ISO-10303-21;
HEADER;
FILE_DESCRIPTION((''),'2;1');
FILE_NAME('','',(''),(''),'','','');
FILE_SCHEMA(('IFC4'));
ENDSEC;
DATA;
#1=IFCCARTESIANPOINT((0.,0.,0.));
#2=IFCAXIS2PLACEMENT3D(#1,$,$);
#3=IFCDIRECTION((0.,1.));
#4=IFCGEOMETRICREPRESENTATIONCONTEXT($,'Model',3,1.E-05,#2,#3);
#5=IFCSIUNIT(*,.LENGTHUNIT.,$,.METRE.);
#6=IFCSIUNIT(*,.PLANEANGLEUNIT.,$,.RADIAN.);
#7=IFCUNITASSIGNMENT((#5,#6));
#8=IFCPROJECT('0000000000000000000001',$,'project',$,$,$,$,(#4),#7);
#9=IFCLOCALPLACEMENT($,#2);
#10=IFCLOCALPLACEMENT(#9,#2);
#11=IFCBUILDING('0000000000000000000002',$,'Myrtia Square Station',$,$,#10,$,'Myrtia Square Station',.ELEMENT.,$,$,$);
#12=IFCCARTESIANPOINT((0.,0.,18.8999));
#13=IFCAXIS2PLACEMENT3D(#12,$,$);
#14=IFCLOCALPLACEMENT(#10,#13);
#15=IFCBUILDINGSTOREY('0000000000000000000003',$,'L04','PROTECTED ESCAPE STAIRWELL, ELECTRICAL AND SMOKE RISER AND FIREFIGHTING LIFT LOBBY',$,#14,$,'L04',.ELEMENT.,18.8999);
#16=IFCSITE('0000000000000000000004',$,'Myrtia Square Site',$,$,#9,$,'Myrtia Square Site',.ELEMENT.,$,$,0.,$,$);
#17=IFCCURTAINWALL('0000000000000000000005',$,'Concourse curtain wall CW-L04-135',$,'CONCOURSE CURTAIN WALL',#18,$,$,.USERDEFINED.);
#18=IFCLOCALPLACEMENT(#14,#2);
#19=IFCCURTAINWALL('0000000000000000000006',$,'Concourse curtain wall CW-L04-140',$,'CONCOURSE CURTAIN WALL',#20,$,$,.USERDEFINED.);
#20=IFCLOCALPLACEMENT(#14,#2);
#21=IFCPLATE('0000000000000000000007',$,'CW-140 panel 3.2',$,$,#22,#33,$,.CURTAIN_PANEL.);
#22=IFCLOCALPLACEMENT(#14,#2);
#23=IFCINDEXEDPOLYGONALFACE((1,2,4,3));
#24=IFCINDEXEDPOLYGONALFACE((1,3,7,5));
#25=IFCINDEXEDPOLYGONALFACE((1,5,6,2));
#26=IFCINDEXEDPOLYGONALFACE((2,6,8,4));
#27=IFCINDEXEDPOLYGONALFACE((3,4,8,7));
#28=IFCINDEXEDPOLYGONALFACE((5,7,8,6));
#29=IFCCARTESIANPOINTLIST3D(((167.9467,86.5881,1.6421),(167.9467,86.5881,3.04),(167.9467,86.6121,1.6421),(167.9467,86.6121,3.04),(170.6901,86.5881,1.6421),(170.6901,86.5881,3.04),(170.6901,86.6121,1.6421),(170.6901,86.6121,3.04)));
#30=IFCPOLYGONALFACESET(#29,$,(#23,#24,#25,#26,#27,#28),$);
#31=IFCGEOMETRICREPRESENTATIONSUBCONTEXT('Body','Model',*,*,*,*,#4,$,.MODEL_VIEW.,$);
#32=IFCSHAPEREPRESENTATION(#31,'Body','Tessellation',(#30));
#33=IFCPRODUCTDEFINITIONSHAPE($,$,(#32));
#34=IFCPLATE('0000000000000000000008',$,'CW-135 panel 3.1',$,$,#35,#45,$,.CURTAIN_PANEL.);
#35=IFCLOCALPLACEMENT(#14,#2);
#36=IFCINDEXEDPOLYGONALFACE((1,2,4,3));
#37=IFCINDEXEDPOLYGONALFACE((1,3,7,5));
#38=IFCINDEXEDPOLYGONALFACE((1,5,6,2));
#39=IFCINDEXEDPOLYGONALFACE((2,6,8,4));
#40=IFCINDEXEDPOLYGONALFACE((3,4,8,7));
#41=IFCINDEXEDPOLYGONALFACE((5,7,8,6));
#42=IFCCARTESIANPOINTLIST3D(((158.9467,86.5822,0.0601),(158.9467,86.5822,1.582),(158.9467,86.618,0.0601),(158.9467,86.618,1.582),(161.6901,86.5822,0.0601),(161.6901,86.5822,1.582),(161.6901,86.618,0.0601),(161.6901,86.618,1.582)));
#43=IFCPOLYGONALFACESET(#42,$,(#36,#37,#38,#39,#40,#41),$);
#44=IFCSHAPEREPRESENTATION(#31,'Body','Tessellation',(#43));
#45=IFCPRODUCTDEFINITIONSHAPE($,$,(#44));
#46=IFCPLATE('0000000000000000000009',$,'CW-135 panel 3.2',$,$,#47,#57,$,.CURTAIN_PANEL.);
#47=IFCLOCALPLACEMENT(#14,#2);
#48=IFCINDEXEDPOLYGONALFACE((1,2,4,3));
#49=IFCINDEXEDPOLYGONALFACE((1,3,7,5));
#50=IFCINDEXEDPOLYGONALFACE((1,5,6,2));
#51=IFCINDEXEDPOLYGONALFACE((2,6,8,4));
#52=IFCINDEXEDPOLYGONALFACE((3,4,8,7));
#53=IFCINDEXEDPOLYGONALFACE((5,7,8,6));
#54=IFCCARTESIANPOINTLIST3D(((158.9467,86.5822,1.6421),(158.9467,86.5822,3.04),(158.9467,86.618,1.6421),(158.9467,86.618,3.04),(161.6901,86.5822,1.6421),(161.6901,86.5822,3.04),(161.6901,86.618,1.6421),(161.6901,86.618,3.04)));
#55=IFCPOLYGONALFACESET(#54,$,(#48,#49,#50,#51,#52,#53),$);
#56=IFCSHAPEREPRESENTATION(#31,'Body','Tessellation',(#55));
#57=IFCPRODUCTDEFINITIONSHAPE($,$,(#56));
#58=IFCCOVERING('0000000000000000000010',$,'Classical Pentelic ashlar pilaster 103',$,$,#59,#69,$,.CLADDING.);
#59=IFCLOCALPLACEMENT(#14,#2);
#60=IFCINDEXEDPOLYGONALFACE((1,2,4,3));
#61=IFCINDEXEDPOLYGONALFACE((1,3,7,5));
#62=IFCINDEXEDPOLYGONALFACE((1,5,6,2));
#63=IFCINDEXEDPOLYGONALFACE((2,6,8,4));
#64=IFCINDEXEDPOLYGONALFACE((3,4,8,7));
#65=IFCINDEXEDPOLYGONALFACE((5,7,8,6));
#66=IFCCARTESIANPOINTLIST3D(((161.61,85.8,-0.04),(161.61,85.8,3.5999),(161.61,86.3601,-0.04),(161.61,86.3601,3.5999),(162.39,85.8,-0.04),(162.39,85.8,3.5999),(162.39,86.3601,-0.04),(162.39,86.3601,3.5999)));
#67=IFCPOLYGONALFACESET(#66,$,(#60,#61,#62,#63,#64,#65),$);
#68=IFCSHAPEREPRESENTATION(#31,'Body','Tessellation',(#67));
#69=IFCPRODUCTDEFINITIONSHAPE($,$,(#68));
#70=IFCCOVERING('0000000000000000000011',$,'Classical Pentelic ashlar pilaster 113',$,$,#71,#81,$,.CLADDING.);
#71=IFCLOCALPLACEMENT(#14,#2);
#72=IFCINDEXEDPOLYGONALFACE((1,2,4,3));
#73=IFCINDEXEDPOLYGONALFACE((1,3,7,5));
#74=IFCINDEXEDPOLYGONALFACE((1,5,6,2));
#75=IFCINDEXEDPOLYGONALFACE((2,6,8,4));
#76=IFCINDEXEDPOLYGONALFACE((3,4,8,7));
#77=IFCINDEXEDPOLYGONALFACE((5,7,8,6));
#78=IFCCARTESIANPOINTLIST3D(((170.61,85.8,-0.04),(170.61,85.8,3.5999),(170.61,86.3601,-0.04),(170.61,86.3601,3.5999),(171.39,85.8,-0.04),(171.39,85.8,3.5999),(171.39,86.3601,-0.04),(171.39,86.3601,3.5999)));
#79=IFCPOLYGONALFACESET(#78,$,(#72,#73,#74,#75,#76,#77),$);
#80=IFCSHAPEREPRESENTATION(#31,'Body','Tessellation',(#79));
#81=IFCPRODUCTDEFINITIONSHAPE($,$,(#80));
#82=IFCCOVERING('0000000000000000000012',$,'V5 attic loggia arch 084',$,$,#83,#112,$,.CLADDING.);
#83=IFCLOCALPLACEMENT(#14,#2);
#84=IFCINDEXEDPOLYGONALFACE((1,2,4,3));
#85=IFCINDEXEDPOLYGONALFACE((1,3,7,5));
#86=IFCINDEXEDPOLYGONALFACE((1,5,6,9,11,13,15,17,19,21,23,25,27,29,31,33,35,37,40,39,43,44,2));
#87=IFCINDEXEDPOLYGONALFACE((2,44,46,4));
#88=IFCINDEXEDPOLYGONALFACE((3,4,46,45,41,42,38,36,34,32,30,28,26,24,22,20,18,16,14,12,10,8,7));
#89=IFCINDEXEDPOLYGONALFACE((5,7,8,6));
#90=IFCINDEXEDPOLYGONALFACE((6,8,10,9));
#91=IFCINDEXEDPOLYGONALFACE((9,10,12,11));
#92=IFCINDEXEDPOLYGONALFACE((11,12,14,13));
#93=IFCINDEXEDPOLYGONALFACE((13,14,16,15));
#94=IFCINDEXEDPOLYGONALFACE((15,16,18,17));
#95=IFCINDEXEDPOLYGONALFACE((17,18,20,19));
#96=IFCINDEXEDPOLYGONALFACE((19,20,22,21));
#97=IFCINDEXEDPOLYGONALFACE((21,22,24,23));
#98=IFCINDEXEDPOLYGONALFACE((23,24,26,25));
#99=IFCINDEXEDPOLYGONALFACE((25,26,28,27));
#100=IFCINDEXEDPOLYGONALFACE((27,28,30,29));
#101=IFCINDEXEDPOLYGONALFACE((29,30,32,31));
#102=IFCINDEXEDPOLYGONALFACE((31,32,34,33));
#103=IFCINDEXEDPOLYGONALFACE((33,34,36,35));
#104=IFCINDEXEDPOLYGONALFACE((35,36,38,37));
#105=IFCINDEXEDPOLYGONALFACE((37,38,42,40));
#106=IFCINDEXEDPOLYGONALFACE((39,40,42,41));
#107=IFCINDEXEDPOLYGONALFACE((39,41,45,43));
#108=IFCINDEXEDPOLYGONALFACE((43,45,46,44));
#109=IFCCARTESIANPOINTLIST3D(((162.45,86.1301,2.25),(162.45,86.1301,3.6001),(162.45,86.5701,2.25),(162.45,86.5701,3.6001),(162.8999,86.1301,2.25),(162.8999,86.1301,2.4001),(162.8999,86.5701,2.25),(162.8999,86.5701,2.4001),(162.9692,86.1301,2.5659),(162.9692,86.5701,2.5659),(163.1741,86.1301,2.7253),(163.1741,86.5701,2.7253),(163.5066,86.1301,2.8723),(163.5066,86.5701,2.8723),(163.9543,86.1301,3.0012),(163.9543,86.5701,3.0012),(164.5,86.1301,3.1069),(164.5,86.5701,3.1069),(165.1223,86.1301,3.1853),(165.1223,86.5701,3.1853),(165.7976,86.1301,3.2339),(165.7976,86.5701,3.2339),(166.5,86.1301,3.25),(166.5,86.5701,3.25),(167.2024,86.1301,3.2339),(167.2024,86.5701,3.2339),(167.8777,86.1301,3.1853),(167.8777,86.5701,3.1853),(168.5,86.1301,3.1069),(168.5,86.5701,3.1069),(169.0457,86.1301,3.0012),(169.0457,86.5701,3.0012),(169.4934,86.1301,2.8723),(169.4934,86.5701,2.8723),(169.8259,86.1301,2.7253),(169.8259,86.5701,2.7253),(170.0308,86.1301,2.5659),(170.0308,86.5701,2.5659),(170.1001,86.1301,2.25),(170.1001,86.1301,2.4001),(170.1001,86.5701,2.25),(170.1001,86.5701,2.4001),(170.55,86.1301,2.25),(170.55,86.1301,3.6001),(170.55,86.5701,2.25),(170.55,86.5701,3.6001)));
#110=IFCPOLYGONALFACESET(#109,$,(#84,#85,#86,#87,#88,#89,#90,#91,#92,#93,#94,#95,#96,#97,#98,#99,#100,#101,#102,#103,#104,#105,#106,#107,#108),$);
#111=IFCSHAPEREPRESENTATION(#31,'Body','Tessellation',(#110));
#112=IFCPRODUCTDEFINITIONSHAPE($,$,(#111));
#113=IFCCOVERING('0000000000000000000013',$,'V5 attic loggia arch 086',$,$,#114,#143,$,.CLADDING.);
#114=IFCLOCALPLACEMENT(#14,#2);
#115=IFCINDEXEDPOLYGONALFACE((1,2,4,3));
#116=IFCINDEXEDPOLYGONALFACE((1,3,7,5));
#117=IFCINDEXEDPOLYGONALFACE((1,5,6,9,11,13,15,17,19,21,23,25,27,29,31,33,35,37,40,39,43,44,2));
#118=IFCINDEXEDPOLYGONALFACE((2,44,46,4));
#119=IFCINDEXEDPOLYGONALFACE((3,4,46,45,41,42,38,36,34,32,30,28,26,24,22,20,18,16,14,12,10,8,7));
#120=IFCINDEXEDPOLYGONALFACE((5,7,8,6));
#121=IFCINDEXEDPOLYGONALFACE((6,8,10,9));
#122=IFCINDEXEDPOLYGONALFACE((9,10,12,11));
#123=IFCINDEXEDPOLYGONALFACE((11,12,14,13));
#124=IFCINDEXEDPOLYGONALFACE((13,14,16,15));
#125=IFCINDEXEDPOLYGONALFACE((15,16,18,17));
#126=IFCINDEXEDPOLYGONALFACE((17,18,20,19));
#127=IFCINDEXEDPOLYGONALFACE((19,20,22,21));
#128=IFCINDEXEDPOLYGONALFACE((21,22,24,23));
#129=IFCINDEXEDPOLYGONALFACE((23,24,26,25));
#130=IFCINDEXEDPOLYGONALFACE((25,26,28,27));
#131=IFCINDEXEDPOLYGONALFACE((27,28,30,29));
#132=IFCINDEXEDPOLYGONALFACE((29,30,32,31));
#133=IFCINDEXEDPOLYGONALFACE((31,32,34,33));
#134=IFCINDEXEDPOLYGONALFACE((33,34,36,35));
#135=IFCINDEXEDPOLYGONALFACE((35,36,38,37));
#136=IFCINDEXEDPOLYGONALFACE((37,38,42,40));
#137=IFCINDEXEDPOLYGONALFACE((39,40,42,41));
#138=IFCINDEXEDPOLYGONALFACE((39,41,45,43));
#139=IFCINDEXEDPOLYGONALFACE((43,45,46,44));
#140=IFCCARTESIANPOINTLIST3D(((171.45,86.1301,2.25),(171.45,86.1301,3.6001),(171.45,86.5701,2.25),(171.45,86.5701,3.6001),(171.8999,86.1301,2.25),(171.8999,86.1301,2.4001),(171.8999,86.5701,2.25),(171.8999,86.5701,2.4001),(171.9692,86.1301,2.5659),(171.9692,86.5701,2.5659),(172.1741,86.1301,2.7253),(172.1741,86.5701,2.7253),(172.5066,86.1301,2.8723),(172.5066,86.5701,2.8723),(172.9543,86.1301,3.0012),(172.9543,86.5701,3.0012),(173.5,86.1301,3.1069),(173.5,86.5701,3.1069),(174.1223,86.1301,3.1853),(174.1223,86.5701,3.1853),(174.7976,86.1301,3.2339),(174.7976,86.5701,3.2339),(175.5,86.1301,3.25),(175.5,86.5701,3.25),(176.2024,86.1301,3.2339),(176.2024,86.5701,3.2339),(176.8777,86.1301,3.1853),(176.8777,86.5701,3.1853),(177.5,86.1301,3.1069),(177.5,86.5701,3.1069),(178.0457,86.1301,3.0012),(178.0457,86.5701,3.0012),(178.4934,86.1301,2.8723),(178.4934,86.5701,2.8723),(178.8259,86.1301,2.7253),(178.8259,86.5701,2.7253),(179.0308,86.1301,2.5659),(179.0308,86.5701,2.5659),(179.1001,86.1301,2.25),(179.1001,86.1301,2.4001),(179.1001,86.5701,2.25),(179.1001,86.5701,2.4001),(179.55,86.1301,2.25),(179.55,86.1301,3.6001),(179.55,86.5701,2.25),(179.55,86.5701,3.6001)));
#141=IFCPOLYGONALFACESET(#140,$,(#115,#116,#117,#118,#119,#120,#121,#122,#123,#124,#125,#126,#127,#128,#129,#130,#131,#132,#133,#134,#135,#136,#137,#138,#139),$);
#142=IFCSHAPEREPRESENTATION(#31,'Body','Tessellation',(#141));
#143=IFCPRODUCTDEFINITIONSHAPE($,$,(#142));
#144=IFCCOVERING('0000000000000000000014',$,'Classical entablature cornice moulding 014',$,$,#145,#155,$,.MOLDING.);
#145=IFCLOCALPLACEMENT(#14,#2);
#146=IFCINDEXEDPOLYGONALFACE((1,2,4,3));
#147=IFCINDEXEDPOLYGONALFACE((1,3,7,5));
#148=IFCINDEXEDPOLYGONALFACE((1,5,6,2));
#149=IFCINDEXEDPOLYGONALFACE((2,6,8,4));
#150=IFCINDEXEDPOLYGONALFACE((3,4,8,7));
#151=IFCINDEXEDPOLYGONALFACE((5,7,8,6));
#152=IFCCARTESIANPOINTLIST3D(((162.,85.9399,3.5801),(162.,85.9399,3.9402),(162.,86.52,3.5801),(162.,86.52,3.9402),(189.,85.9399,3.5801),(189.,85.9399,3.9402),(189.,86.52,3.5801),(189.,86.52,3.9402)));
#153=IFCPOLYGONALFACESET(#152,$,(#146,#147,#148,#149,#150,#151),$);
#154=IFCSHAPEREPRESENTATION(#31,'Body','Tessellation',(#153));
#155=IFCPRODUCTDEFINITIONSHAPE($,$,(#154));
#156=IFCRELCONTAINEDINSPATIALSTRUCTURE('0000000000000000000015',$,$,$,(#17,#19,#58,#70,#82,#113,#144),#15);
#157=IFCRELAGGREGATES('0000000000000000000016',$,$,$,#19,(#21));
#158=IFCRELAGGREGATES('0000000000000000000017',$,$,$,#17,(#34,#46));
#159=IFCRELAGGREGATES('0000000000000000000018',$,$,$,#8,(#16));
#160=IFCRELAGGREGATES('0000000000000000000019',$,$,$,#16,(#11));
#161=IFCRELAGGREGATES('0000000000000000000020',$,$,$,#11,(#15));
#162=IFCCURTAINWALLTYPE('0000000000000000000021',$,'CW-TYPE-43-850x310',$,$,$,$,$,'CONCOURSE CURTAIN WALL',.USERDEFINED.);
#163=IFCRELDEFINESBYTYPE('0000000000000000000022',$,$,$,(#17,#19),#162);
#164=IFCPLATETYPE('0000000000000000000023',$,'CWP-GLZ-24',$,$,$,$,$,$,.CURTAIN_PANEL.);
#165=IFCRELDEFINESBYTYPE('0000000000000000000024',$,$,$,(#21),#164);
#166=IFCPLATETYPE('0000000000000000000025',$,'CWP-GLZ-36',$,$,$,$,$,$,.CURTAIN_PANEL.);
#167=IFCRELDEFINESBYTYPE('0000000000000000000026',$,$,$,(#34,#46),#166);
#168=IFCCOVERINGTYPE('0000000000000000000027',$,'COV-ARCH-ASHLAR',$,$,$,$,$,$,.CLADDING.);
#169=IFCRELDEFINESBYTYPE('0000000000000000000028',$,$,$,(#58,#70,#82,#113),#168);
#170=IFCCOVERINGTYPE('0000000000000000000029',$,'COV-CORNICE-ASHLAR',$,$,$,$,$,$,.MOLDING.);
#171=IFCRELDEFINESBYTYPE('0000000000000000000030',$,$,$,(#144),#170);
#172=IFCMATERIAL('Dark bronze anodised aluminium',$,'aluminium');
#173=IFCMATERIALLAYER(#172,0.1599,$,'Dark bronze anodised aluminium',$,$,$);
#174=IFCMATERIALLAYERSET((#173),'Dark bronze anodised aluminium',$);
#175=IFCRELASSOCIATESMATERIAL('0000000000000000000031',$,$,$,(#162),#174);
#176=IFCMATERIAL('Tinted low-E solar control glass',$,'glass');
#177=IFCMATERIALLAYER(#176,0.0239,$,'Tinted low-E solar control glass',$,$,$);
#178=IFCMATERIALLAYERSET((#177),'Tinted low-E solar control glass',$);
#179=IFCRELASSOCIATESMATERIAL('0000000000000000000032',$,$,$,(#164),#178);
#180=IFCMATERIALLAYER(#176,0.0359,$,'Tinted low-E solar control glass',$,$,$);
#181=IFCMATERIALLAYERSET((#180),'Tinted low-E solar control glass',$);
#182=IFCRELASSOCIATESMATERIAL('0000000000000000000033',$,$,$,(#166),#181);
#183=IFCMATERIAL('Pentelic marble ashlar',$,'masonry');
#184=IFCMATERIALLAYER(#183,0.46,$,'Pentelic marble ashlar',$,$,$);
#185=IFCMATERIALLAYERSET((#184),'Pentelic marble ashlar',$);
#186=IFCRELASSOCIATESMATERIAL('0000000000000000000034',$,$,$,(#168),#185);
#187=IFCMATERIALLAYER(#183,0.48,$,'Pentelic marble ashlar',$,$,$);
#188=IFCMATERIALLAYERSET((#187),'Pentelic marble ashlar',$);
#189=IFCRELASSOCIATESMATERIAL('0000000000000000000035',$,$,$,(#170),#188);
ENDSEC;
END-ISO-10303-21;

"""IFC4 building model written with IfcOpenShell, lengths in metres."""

from ifc_helpers import new_model, si_unit, direction, frame, origin, origin_2d, place, context, subcontext, project, spatial, polyline, rectangle, outline, extrude, material, layer, layer_set, type_object, element, aggregate, save


model = new_model("IFC4")

# Units and contexts
model_context = context("Model", 3, precision=1e-05, world=origin(), true_north=direction((0.0, 1.0)))
body_context = subcontext(model_context, "Body", "Model", "MODEL_VIEW")
ifc_project = project(units=[si_unit("LENGTHUNIT", "METRE"), si_unit("PLANEANGLEUNIT", "RADIAN")], contexts=[model_context])

# Site, building, storey
site_placement = place(None, origin())
site = spatial("IfcSite", under=ifc_project, at=site_placement, Name="Myrtia Square Site", LongName="Myrtia Square Site", CompositionType="ELEMENT", RefElevation=0.0)
building_placement = place(site_placement, origin())
building = spatial("IfcBuilding", under=site, at=building_placement, Name="Myrtia Square Station", LongName="Myrtia Square Station", CompositionType="ELEMENT")
storey_placement = place(building_placement, frame((0.0, 0.0, 18.8999)))
storey = spatial("IfcBuildingStorey", under=building, at=storey_placement, Name="L04", Description="PROTECTED ESCAPE STAIRWELL, ELECTRICAL AND SMOKE RISER AND FIREFIGHTING LIFT LOBBY", LongName="L04", CompositionType="ELEMENT", Elevation=18.8999)

# Curtain walls
ifc_material_1 = material(Name="Dark bronze anodised aluminium", Category="aluminium")
ifc_layer_1 = layer(ifc_material_1, 0.1599, Name="Dark bronze anodised aluminium")
ifc_layer_set_1 = layer_set([ifc_layer_1], Name="Dark bronze anodised aluminium")
curtain_wall_type = type_object("IfcCurtainWallType", Name="CW-TYPE-43-850x310", ElementType="CONCOURSE CURTAIN WALL", PredefinedType="USERDEFINED", material=ifc_layer_set_1)
curtain_wall_1_placement = place(storey_placement, origin())
curtain_wall_1 = element("IfcCurtainWall", 1, at=curtain_wall_1_placement, inside=storey, type_object=curtain_wall_type, Name="Concourse curtain wall CW-L04-135", ObjectType="CONCOURSE CURTAIN WALL", PredefinedType="USERDEFINED")
curtain_wall_2_placement = place(storey_placement, origin())
curtain_wall_2 = element("IfcCurtainWall", 2, at=curtain_wall_2_placement, inside=storey, type_object=curtain_wall_type, Name="Concourse curtain wall CW-L04-140", ObjectType="CONCOURSE CURTAIN WALL", PredefinedType="USERDEFINED")

# Plates
ifc_material_2 = material(Name="Tinted low-E solar control glass", Category="glass")
ifc_layer_2 = layer(ifc_material_2, 0.0239, Name="Tinted low-E solar control glass")
ifc_layer_set_2 = layer_set([ifc_layer_2], Name="Tinted low-E solar control glass")
plate_type_1 = type_object("IfcPlateType", Name="CWP-GLZ-24", PredefinedType="CURTAIN_PANEL", material=ifc_layer_set_2)
plate_1_placement = place(storey_placement, frame((169.3184, 86.6001, 1.6421), z_axis=(0.0, 0.0, 1.0), x_axis=(1.0, 0.0, 0.0)))
plate_1 = element("IfcPlate", 3, at=plate_1_placement, type_object=plate_type_1, Name="CW-140 panel 3.2", PredefinedType="CURTAIN_PANEL", context=body_context, shape_type="SweptSolid", body=[
    extrude(rectangle(XDim=2.7434, YDim=0.0239, at=origin_2d()), origin(), (0.0, 0.0, 1.0), 1.3979),
])
aggregate(curtain_wall_2, [plate_1])
ifc_layer_3 = layer(ifc_material_2, 0.0359, Name="Tinted low-E solar control glass")
ifc_layer_set_3 = layer_set([ifc_layer_3], Name="Tinted low-E solar control glass")
plate_type_2 = type_object("IfcPlateType", Name="CWP-GLZ-36", PredefinedType="CURTAIN_PANEL", material=ifc_layer_set_3)
plate_2_placement = place(storey_placement, frame((160.3184, 86.6001, 0.0601), z_axis=(0.0, 0.0, 1.0), x_axis=(1.0, 0.0, 0.0)))
plate_2 = element("IfcPlate", 4, at=plate_2_placement, type_object=plate_type_2, Name="CW-135 panel 3.1", PredefinedType="CURTAIN_PANEL", context=body_context, shape_type="SweptSolid", body=[
    extrude(rectangle(XDim=2.7434, YDim=0.0359, at=origin_2d()), origin(), (0.0, 0.0, 1.0), 1.522),
])
plate_3_placement = place(storey_placement, frame((160.3184, 86.6001, 1.6421), z_axis=(0.0, 0.0, 1.0), x_axis=(1.0, 0.0, 0.0)))
plate_3 = element("IfcPlate", 5, at=plate_3_placement, type_object=plate_type_2, Name="CW-135 panel 3.2", PredefinedType="CURTAIN_PANEL", context=body_context, shape_type="SweptSolid", body=[
    extrude(rectangle(XDim=2.7434, YDim=0.0359, at=origin_2d()), origin(), (0.0, 0.0, 1.0), 1.3979),
])
aggregate(curtain_wall_1, [plate_2, plate_3])

# Coverings
ifc_material_3 = material(Name="Pentelic marble ashlar", Category="masonry")
ifc_layer_4 = layer(ifc_material_3, 0.46, Name="Pentelic marble ashlar")
ifc_layer_set_4 = layer_set([ifc_layer_4], Name="Pentelic marble ashlar")
covering_type_1 = type_object("IfcCoveringType", Name="COV-ARCH-ASHLAR", PredefinedType="CLADDING", material=ifc_layer_set_4)
for number, where, z_axis, x_axis, name in (
    (6, (162.0, 86.0801, -0.04), (0.0, 0.0, 1.0), (1.0, 0.0, 0.0), "Classical Pentelic ashlar pilaster 103"),
    (7, (171.0, 86.0801, -0.04), (0.0, 0.0, 1.0), (1.0, 0.0, 0.0), "Classical Pentelic ashlar pilaster 113"),
):
    element("IfcCovering", number, at=place(storey_placement, frame(where, z_axis=z_axis, x_axis=x_axis)), inside=storey, type_object=covering_type_1, Name=name, PredefinedType="CLADDING", context=body_context, shape_type="SweptSolid", body=[
        extrude(rectangle(XDim=0.78, YDim=0.5601, at=origin_2d()), origin(), (0.0, 0.0, 1.0), 3.6399),
    ])
for number, where, z_axis, x_axis, name in (
    (8, (162.45, 86.3501, 2.25), (0.0, 0.0, 1.0), (1.0, 0.0, 0.0), "V5 attic loggia arch 084"),
    (9, (171.45, 86.3501, 2.25), (0.0, 0.0, 1.0), (1.0, 0.0, 0.0), "V5 attic loggia arch 086"),
):
    element("IfcCovering", number, at=place(storey_placement, frame(where, z_axis=z_axis, x_axis=x_axis)), inside=storey, type_object=covering_type_1, Name=name, PredefinedType="CLADDING", context=body_context, shape_type="SweptSolid", body=[
        extrude(outline(polyline([(0.0, 0.0), (0.45, 0.0), (0.45, 0.1501), (0.5193, 0.3159), (0.7241, 0.4753), (1.0566, 0.6223), (1.5044, 0.7512), (2.05, 0.8569), (2.6724, 0.9353), (3.3477, 0.9839), (4.05, 1.0), (4.7524, 0.9839), (5.4277, 0.9353), (6.05, 0.8569), (6.5957, 0.7512), (7.0435, 0.6223), (7.376, 0.4753), (7.5808, 0.3159), (7.6501, 0.1501), (7.6501, 0.0), (8.1001, 0.0), (8.1001, 1.3501), (0.0, 1.3501), (0.0, 0.0)])), frame((0.0, 0.22, 0.0), z_axis=(0.0, -1.0, 0.0), x_axis=(1.0, 0.0, 0.0)), (0.0, 0.0, 1.0), 0.4399),
    ])
ifc_layer_5 = layer(ifc_material_3, 0.48, Name="Pentelic marble ashlar")
ifc_layer_set_5 = layer_set([ifc_layer_5], Name="Pentelic marble ashlar")
covering_type_2 = type_object("IfcCoveringType", Name="COV-CORNICE-ASHLAR", PredefinedType="MOLDING", material=ifc_layer_set_5)
covering_placement = place(storey_placement, frame((175.5, 86.23, 3.5801), z_axis=(0.0, 0.0, 1.0), x_axis=(1.0, 0.0, 0.0)))
element("IfcCovering", 10, at=covering_placement, inside=storey, type_object=covering_type_2, Name="Classical entablature cornice moulding 014", PredefinedType="MOLDING", context=body_context, shape_type="SweptSolid", body=[
    extrude(rectangle(XDim=27.0, YDim=0.5801, at=origin_2d()), origin(), (0.0, 0.0, 1.0), 0.3601),
])

save(model, "model.ifc")
